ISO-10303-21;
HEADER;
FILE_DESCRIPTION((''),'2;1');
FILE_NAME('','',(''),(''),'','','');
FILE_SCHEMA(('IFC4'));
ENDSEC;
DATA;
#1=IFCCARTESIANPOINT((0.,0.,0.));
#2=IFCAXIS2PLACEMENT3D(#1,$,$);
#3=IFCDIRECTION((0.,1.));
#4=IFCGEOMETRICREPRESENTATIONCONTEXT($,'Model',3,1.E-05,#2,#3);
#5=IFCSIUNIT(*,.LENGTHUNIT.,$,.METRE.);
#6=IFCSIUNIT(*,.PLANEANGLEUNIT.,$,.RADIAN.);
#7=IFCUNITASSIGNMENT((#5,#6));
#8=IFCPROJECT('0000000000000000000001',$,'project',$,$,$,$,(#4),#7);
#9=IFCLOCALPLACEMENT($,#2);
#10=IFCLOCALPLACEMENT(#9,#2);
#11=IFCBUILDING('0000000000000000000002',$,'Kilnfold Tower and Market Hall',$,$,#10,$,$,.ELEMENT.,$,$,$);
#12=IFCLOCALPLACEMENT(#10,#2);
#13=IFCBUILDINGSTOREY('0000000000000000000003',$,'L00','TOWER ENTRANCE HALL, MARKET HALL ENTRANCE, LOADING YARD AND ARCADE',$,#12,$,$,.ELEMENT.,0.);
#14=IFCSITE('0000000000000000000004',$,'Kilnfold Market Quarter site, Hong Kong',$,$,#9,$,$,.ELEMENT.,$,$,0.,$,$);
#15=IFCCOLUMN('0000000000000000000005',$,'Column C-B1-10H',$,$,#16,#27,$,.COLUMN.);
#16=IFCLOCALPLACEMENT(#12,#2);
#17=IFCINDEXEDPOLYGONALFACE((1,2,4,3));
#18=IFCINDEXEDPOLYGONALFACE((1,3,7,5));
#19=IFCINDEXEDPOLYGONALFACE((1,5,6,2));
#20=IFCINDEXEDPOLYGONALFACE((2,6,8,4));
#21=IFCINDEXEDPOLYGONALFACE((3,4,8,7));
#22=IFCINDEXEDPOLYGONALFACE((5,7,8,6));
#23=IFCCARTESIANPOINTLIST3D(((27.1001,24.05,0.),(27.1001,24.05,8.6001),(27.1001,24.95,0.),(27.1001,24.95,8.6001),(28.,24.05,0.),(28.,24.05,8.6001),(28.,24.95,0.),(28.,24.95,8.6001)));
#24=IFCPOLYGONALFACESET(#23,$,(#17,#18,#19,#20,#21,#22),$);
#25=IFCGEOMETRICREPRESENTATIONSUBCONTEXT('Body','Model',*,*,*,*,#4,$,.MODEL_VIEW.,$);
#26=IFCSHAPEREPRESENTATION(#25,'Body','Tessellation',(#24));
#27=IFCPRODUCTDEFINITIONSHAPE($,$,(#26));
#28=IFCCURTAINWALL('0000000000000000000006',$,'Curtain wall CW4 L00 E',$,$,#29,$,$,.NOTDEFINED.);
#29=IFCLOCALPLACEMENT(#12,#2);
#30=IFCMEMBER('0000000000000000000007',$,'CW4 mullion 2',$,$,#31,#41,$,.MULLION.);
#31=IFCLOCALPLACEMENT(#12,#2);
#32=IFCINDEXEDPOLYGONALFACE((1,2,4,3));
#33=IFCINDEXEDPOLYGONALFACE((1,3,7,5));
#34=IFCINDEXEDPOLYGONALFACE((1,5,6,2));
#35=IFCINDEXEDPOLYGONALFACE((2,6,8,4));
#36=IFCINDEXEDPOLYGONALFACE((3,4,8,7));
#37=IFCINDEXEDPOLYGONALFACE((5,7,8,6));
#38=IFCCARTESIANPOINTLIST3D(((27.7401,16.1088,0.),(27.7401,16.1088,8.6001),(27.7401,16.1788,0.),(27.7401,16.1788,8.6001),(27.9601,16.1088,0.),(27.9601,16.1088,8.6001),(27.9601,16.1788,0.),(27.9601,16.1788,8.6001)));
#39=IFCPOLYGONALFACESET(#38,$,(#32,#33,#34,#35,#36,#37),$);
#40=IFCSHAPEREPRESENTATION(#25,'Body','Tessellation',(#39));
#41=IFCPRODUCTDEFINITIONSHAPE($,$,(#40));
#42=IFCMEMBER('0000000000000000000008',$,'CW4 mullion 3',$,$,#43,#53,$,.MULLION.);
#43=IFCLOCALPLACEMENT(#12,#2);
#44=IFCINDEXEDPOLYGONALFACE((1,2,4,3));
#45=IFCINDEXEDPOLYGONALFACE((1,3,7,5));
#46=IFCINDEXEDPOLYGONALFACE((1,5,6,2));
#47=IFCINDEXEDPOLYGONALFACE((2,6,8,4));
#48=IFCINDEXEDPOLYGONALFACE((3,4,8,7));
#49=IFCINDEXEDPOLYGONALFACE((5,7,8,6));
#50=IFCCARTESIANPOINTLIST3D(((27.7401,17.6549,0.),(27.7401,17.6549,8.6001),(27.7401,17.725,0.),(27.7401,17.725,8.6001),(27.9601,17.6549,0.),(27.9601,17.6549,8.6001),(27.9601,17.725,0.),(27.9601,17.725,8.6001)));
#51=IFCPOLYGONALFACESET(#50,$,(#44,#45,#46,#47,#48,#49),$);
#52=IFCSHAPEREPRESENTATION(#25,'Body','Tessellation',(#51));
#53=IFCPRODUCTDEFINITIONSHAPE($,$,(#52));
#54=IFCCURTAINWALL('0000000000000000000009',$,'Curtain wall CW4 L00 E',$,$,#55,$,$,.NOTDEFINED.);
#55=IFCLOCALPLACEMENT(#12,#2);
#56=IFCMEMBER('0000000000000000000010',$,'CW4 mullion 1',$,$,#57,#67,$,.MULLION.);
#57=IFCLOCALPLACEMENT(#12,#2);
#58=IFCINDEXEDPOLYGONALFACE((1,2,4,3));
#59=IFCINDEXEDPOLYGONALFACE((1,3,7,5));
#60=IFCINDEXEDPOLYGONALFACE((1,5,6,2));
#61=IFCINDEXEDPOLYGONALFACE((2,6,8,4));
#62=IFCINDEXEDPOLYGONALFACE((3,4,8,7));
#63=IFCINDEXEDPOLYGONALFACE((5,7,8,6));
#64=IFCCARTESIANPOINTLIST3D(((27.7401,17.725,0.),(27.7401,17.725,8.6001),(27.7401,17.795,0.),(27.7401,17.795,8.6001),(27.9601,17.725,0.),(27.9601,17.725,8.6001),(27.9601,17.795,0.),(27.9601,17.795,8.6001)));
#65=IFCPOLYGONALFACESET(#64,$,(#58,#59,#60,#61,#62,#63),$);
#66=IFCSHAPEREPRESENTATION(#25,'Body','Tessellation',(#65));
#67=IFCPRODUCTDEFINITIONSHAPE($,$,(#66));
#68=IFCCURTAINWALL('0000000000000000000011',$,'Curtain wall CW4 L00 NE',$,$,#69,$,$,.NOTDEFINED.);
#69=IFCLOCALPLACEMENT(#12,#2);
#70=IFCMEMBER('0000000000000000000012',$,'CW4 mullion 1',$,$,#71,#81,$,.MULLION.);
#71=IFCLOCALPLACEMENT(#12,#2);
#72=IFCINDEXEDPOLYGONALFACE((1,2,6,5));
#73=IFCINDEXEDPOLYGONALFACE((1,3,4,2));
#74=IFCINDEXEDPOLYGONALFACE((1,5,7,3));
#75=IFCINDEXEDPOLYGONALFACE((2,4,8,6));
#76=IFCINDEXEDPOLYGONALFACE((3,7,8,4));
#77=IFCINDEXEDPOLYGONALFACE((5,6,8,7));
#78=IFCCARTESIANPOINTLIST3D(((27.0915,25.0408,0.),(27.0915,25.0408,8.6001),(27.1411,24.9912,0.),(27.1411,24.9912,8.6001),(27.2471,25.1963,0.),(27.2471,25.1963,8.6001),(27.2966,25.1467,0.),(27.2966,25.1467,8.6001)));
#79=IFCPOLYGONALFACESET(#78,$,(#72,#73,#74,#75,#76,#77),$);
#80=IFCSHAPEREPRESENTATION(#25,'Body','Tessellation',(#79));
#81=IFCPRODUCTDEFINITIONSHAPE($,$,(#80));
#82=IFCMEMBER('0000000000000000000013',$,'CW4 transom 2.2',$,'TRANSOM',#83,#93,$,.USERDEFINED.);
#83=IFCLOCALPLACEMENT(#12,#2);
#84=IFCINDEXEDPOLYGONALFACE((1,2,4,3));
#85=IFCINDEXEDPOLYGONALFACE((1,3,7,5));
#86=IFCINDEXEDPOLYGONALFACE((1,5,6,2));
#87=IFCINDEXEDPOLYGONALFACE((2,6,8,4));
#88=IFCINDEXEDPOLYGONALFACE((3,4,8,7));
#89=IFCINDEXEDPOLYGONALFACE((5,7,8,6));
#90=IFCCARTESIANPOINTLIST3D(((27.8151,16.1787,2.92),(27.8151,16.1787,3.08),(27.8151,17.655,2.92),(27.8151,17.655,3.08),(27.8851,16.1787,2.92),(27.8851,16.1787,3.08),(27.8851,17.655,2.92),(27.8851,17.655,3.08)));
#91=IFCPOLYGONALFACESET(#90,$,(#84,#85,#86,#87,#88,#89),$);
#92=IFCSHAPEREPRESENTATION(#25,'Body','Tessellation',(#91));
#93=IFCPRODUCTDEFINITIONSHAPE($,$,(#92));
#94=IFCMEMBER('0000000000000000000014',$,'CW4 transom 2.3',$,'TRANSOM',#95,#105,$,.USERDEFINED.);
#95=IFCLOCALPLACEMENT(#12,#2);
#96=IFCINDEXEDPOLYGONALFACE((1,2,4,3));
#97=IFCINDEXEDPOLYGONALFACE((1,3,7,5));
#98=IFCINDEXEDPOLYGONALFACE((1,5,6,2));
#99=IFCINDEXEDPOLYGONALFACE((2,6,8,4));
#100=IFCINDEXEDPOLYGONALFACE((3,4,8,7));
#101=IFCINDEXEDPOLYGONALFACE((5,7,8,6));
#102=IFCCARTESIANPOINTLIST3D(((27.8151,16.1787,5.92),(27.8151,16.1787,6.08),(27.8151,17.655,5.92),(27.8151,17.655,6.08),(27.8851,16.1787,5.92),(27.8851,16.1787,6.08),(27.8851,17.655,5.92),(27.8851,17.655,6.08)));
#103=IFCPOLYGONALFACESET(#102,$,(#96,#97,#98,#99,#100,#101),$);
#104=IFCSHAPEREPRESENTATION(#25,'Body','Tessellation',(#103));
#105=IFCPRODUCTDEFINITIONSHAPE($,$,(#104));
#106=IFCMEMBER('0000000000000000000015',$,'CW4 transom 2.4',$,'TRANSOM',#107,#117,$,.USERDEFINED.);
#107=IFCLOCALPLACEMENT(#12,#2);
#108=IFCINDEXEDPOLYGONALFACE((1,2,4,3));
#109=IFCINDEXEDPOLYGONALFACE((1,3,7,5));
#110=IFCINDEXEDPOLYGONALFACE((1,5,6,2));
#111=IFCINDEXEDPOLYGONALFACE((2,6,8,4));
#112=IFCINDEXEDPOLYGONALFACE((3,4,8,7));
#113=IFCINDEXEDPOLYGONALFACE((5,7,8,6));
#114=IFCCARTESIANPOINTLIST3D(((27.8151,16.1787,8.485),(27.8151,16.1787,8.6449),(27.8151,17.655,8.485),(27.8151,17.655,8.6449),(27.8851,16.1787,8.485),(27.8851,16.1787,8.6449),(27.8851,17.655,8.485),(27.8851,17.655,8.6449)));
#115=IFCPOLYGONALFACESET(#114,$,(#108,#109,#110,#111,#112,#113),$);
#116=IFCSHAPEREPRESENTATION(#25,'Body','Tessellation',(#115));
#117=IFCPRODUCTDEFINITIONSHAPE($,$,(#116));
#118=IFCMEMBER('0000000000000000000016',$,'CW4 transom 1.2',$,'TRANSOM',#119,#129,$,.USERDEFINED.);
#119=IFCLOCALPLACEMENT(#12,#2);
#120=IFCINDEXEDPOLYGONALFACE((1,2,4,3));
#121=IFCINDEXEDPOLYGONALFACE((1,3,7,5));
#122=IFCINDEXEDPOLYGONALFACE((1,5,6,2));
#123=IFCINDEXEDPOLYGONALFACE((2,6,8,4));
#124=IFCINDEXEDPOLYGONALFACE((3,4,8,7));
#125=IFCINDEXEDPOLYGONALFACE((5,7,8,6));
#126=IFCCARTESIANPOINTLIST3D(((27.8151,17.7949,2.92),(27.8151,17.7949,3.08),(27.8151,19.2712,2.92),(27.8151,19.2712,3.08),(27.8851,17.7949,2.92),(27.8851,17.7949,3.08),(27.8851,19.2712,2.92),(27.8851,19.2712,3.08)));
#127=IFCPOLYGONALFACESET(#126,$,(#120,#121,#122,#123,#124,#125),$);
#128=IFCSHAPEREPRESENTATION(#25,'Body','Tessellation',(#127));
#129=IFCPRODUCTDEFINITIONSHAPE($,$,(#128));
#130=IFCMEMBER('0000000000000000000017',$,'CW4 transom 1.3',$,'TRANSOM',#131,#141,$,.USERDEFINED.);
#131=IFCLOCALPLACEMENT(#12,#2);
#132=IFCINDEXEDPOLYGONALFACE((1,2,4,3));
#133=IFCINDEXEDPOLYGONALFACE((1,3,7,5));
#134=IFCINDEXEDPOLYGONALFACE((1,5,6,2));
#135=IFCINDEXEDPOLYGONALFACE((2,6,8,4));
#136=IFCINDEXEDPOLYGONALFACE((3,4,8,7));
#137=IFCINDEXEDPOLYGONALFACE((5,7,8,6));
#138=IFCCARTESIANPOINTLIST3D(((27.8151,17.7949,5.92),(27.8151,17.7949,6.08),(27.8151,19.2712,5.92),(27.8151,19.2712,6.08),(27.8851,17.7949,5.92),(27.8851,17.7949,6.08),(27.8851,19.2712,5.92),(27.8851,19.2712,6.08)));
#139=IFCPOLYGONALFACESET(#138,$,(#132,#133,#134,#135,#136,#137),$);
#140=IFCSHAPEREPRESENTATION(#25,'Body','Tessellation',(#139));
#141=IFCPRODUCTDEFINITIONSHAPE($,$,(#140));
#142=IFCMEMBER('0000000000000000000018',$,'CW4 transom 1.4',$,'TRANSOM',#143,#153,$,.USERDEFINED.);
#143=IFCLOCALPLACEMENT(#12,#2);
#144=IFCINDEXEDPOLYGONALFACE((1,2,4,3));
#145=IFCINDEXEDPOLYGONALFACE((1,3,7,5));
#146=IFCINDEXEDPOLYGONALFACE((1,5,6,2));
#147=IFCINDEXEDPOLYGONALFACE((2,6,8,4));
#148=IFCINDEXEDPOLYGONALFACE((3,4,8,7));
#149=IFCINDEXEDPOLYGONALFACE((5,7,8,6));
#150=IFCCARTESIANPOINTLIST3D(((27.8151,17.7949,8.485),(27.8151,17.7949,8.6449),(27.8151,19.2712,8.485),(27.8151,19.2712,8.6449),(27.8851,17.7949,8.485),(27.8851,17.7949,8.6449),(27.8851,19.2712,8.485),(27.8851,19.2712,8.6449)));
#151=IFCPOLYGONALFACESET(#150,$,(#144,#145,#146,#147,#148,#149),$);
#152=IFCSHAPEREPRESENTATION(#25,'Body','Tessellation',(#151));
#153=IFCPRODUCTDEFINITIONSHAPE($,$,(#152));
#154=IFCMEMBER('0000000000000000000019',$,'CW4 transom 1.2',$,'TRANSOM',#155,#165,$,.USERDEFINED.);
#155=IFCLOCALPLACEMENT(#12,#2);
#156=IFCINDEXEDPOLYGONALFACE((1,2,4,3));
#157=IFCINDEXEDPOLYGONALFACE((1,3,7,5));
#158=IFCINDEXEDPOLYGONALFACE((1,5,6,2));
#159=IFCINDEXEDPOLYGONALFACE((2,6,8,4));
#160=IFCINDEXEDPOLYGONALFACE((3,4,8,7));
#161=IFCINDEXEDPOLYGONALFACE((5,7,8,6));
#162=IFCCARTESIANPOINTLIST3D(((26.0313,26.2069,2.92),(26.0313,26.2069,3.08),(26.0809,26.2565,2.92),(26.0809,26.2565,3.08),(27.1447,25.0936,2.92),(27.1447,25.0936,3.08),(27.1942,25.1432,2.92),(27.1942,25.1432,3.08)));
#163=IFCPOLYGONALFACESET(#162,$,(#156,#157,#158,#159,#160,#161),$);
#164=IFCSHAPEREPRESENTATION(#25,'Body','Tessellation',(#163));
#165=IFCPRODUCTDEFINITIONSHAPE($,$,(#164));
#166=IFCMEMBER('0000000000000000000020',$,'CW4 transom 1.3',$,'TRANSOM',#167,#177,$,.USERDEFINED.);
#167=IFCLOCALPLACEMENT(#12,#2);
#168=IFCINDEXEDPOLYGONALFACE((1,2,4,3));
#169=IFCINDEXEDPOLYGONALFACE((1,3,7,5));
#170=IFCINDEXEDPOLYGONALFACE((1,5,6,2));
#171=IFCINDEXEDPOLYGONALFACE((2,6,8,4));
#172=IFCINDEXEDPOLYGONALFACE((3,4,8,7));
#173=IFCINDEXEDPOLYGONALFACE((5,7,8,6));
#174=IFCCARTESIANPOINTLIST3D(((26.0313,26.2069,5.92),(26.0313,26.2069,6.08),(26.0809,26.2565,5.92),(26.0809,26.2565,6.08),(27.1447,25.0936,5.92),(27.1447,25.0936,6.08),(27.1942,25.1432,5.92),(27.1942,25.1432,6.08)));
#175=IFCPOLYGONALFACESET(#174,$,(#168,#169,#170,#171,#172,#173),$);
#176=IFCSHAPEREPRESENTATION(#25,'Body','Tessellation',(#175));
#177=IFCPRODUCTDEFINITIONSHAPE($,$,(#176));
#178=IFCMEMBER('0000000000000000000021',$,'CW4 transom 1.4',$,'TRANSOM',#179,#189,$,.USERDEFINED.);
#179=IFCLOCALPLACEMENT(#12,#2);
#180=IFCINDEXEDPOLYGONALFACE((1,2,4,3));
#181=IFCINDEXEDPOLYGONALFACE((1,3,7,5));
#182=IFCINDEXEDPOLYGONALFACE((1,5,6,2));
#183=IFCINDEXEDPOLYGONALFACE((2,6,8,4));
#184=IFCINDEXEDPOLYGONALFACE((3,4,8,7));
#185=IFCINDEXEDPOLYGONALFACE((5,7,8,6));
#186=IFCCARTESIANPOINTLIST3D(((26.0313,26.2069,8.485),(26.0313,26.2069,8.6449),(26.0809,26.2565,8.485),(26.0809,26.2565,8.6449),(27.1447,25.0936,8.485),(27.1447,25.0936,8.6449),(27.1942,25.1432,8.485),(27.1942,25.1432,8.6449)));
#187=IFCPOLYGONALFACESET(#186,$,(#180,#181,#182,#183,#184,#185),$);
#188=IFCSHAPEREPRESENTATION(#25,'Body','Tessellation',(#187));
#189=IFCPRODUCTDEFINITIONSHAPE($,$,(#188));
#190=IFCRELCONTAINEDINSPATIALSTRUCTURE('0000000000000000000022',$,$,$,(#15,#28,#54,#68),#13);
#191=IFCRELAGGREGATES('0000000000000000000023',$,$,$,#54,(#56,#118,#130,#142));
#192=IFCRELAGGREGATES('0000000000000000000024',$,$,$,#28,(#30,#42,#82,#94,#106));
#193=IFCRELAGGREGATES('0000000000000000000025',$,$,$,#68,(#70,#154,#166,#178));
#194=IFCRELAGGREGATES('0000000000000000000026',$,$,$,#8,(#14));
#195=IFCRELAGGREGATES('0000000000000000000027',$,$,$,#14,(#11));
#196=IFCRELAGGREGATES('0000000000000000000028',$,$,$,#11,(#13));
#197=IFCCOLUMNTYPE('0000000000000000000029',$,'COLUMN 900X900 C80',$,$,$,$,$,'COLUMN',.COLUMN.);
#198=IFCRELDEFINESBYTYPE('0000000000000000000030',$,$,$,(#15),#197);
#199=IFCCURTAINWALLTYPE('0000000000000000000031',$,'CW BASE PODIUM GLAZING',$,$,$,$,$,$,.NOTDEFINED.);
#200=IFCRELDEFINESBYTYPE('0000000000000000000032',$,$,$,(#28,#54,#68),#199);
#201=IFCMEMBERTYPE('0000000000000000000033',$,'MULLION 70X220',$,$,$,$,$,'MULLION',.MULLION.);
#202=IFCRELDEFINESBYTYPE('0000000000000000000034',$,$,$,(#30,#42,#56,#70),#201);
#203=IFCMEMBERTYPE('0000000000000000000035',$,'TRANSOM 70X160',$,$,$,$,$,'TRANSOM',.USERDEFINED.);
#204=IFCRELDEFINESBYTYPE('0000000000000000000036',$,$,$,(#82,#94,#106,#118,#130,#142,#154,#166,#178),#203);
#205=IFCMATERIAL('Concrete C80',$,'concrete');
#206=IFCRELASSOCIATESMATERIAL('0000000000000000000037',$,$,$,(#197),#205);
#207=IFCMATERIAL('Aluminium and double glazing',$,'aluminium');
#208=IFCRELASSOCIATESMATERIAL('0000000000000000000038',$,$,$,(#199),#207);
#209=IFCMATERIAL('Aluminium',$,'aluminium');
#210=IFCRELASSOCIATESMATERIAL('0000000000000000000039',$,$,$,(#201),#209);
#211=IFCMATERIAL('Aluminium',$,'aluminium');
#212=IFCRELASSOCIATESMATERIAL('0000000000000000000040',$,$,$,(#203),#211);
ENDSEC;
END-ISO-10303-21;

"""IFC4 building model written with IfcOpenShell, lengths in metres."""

from ifc_helpers import new_model, si_unit, direction, frame, origin, origin_2d, place, context, subcontext, project, spatial, rectangle, extrude, source, transform, mapped, material, material_profile, profile_set, type_object, element, aggregate, save


model = new_model("IFC4")

# Units and contexts
model_context = context("Model", 3, precision=1e-05, world=origin(), true_north=direction((0.0, 1.0)))
body_context = subcontext(model_context, "Body", "Model", "MODEL_VIEW")
ifc_project = project(units=[si_unit("LENGTHUNIT", "METRE"), si_unit("PLANEANGLEUNIT", "RADIAN")], contexts=[model_context])

# Site, building, storey
site_placement = place(None, origin())
site = spatial("IfcSite", under=ifc_project, at=site_placement, Name="Kilnfold Market Quarter site, Hong Kong", CompositionType="ELEMENT", RefElevation=0.0)
building_placement = place(site_placement, origin())
building = spatial("IfcBuilding", under=site, at=building_placement, Name="Kilnfold Tower and Market Hall", CompositionType="ELEMENT")
storey_placement = place(building_placement, origin())
storey = spatial("IfcBuildingStorey", under=building, at=storey_placement, Name="L00", Description="TOWER ENTRANCE HALL, MARKET HALL ENTRANCE, LOADING YARD AND ARCADE", CompositionType="ELEMENT", Elevation=0.0)

# Column
ifc_material_1 = material(Name="Concrete C80", Category="concrete")
ifc_material_profile_1 = material_profile(ifc_material_1, rectangle(XDim=0.8999, YDim=0.8999, at=origin_2d()), Name="RC 900x900")
ifc_profile_set_1 = profile_set([ifc_material_profile_1], Name="Concrete C80")
column_type = type_object("IfcColumnType", Name="COLUMN 900X900 C80", ElementType="COLUMN", PredefinedType="COLUMN", material=ifc_profile_set_1)
shared_shape_1 = source(origin(), body_context, "Body", "SweptSolid", [
    extrude(rectangle(XDim=0.8999, YDim=0.8999, at=origin_2d()), origin(), (0.0, 0.0, 1.0), 8.6001),
])
column_placement = place(storey_placement, frame((27.55, 24.5, 0.0), z_axis=(0.0, 0.0, 1.0), x_axis=(1.0, 0.0, 0.0)))
element("IfcColumn", 1, at=column_placement, inside=storey, type_object=column_type, Name="Column C-B1-10H", PredefinedType="COLUMN", context=body_context, shape_type="MappedRepresentation", body=[
    mapped(shared_shape_1, transform((0.0, 0.0, 0.0))),
])

# Curtain wall, members
ifc_material_2 = material(Name="Aluminium and double glazing", Category="aluminium")
curtain_wall_type = type_object("IfcCurtainWallType", Name="CW BASE PODIUM GLAZING", PredefinedType="NOTDEFINED", material=ifc_material_2)
curtain_wall_1_placement = place(storey_placement, origin())
curtain_wall_1 = element("IfcCurtainWall", 2, at=curtain_wall_1_placement, inside=storey, type_object=curtain_wall_type, Name="Curtain wall CW4 L00 E", PredefinedType="NOTDEFINED")
ifc_material_3 = material(Name="Aluminium", Category="aluminium")
ifc_material_profile_2 = material_profile(ifc_material_3, rectangle(XDim=0.0701, YDim=0.22, at=origin_2d()), Name="MULLION 70x220")
ifc_profile_set_2 = profile_set([ifc_material_profile_2], Name="Aluminium")
member_type_1 = type_object("IfcMemberType", Name="MULLION 70X220", ElementType="MULLION", PredefinedType="MULLION", material=ifc_profile_set_2)
shared_shape_2 = source(origin(), body_context, "Body", "SweptSolid", [
    extrude(rectangle(XDim=0.0701, YDim=0.22, at=origin_2d()), origin(), (0.0, 0.0, 1.0), 8.6001),
])
member_1_placement = place(storey_placement, frame((27.8501, 16.1438, 0.0), z_axis=(0.0, 0.0, 1.0), x_axis=(0.0, 1.0, 0.0)))
member_1 = element("IfcMember", 3, at=member_1_placement, type_object=member_type_1, Name="CW4 mullion 2", PredefinedType="MULLION", context=body_context, shape_type="MappedRepresentation", body=[
    mapped(shared_shape_2, transform((0.0, 0.0, 0.0))),
])
member_2_placement = place(storey_placement, frame((27.8501, 17.6899, 0.0), z_axis=(0.0, 0.0, 1.0), x_axis=(0.0, 1.0, 0.0)))
member_2 = element("IfcMember", 4, at=member_2_placement, type_object=member_type_1, Name="CW4 mullion 3", PredefinedType="MULLION", context=body_context, shape_type="MappedRepresentation", body=[
    mapped(shared_shape_2, transform((0.0, 0.0, 0.0))),
])

# Curtain walls, members
curtain_wall_2_placement = place(storey_placement, origin())
curtain_wall_2 = element("IfcCurtainWall", 5, at=curtain_wall_2_placement, inside=storey, type_object=curtain_wall_type, Name="Curtain wall CW4 L00 E", PredefinedType="NOTDEFINED")
member_3_placement = place(storey_placement, frame((27.8501, 17.76, 0.0), z_axis=(0.0, 0.0, 1.0), x_axis=(0.0, 1.0, 0.0)))
member_3 = element("IfcMember", 6, at=member_3_placement, type_object=member_type_1, Name="CW4 mullion 1", PredefinedType="MULLION", context=body_context, shape_type="MappedRepresentation", body=[
    mapped(shared_shape_2, transform((0.0, 0.0, 0.0))),
])
curtain_wall_3_placement = place(storey_placement, origin())
curtain_wall_3 = element("IfcCurtainWall", 7, at=curtain_wall_3_placement, inside=storey, type_object=curtain_wall_type, Name="Curtain wall CW4 L00 NE", PredefinedType="NOTDEFINED")
member_4_placement = place(storey_placement, frame((27.1941, 25.0938, 0.0), z_axis=(0.0, 0.0, 1.0), x_axis=(-0.707092, 0.707122, 0.0)))
member_4 = element("IfcMember", 8, at=member_4_placement, type_object=member_type_1, Name="CW4 mullion 1", PredefinedType="MULLION", context=body_context, shape_type="MappedRepresentation", body=[
    mapped(shared_shape_2, transform((0.0, 0.0, 0.0))),
])

# Members
ifc_material_4 = material(Name="Aluminium", Category="aluminium")
ifc_material_profile_3 = material_profile(ifc_material_4, rectangle(XDim=0.0701, YDim=0.1599, at=origin_2d()), Name="TRANSOM 70x160")
ifc_profile_set_3 = profile_set([ifc_material_profile_3], Name="Aluminium")
member_type_2 = type_object("IfcMemberType", Name="TRANSOM 70X160", ElementType="TRANSOM", PredefinedType="USERDEFINED", material=ifc_profile_set_3)
shared_shape_3 = source(origin(), body_context, "Body", "SweptSolid", [
    extrude(rectangle(XDim=0.0701, YDim=0.1599, at=origin_2d()), origin(), (0.0, 0.0, 1.0), 1.4763),
])
member_5_placement = place(storey_placement, frame((27.8501, 16.1787, 3.0), z_axis=(0.0, 1.0, 0.0), x_axis=(-1.0, 0.0, 0.0)))
member_5 = element("IfcMember", 9, at=member_5_placement, type_object=member_type_2, Name="CW4 transom 2.2", ObjectType="TRANSOM", PredefinedType="USERDEFINED", context=body_context, shape_type="MappedRepresentation", body=[
    mapped(shared_shape_3, transform((0.0, 0.0, 0.0))),
])
member_6_placement = place(storey_placement, frame((27.8501, 16.1787, 6.0), z_axis=(0.0, 1.0, 0.0), x_axis=(-1.0, 0.0, 0.0)))
member_6 = element("IfcMember", 10, at=member_6_placement, type_object=member_type_2, Name="CW4 transom 2.3", ObjectType="TRANSOM", PredefinedType="USERDEFINED", context=body_context, shape_type="MappedRepresentation", body=[
    mapped(shared_shape_3, transform((0.0, 0.0, 0.0))),
])
member_7_placement = place(storey_placement, frame((27.8501, 16.1787, 8.5649), z_axis=(0.0, 1.0, 0.0), x_axis=(-1.0, 0.0, 0.0)))
member_7 = element("IfcMember", 11, at=member_7_placement, type_object=member_type_2, Name="CW4 transom 2.4", ObjectType="TRANSOM", PredefinedType="USERDEFINED", context=body_context, shape_type="MappedRepresentation", body=[
    mapped(shared_shape_3, transform((0.0, 0.0, 0.0))),
])
member_8_placement = place(storey_placement, frame((27.8501, 17.7949, 3.0), z_axis=(0.0, 1.0, 0.0), x_axis=(-1.0, 0.0, 0.0)))
member_8 = element("IfcMember", 12, at=member_8_placement, type_object=member_type_2, Name="CW4 transom 1.2", ObjectType="TRANSOM", PredefinedType="USERDEFINED", context=body_context, shape_type="MappedRepresentation", body=[
    mapped(shared_shape_3, transform((0.0, 0.0, 0.0))),
])
member_9_placement = place(storey_placement, frame((27.8501, 17.7949, 6.0), z_axis=(0.0, 1.0, 0.0), x_axis=(-1.0, 0.0, 0.0)))
member_9 = element("IfcMember", 13, at=member_9_placement, type_object=member_type_2, Name="CW4 transom 1.3", ObjectType="TRANSOM", PredefinedType="USERDEFINED", context=body_context, shape_type="MappedRepresentation", body=[
    mapped(shared_shape_3, transform((0.0, 0.0, 0.0))),
])
member_10_placement = place(storey_placement, frame((27.8501, 17.7949, 8.5649), z_axis=(0.0, 1.0, 0.0), x_axis=(-1.0, 0.0, 0.0)))
member_10 = element("IfcMember", 14, at=member_10_placement, type_object=member_type_2, Name="CW4 transom 1.4", ObjectType="TRANSOM", PredefinedType="USERDEFINED", context=body_context, shape_type="MappedRepresentation", body=[
    mapped(shared_shape_3, transform((0.0, 0.0, 0.0))),
])
shared_shape_4 = source(origin(), body_context, "Body", "SweptSolid", [
    extrude(rectangle(XDim=0.0701, YDim=0.1599, at=origin_2d()), origin(), (0.0, 0.0, 1.0), 1.5745),
])
member_11_placement = place(storey_placement, frame((27.1694, 25.1184, 3.0), z_axis=(-0.707107, 0.707107, 0.0), x_axis=(-0.707107, -0.707107, 0.0)))
member_11 = element("IfcMember", 15, at=member_11_placement, type_object=member_type_2, Name="CW4 transom 1.2", ObjectType="TRANSOM", PredefinedType="USERDEFINED", context=body_context, shape_type="MappedRepresentation", body=[
    mapped(shared_shape_4, transform((0.0, 0.0, 0.0))),
])
member_12_placement = place(storey_placement, frame((27.1694, 25.1184, 6.0), z_axis=(-0.707107, 0.707107, 0.0), x_axis=(-0.707107, -0.707107, 0.0)))
member_12 = element("IfcMember", 16, at=member_12_placement, type_object=member_type_2, Name="CW4 transom 1.3", ObjectType="TRANSOM", PredefinedType="USERDEFINED", context=body_context, shape_type="MappedRepresentation", body=[
    mapped(shared_shape_4, transform((0.0, 0.0, 0.0))),
])
member_13_placement = place(storey_placement, frame((27.1694, 25.1184, 8.5649), z_axis=(-0.707107, 0.707107, 0.0), x_axis=(-0.707107, -0.707107, 0.0)))
member_13 = element("IfcMember", 17, at=member_13_placement, type_object=member_type_2, Name="CW4 transom 1.4", ObjectType="TRANSOM", PredefinedType="USERDEFINED", context=body_context, shape_type="MappedRepresentation", body=[
    mapped(shared_shape_4, transform((0.0, 0.0, 0.0))),
])

aggregate(curtain_wall_2, [member_3, member_8, member_9, member_10])
aggregate(curtain_wall_1, [member_1, member_2, member_5, member_6, member_7])
aggregate(curtain_wall_3, [member_4, member_11, member_12, member_13])

save(model, "model.ifc")
